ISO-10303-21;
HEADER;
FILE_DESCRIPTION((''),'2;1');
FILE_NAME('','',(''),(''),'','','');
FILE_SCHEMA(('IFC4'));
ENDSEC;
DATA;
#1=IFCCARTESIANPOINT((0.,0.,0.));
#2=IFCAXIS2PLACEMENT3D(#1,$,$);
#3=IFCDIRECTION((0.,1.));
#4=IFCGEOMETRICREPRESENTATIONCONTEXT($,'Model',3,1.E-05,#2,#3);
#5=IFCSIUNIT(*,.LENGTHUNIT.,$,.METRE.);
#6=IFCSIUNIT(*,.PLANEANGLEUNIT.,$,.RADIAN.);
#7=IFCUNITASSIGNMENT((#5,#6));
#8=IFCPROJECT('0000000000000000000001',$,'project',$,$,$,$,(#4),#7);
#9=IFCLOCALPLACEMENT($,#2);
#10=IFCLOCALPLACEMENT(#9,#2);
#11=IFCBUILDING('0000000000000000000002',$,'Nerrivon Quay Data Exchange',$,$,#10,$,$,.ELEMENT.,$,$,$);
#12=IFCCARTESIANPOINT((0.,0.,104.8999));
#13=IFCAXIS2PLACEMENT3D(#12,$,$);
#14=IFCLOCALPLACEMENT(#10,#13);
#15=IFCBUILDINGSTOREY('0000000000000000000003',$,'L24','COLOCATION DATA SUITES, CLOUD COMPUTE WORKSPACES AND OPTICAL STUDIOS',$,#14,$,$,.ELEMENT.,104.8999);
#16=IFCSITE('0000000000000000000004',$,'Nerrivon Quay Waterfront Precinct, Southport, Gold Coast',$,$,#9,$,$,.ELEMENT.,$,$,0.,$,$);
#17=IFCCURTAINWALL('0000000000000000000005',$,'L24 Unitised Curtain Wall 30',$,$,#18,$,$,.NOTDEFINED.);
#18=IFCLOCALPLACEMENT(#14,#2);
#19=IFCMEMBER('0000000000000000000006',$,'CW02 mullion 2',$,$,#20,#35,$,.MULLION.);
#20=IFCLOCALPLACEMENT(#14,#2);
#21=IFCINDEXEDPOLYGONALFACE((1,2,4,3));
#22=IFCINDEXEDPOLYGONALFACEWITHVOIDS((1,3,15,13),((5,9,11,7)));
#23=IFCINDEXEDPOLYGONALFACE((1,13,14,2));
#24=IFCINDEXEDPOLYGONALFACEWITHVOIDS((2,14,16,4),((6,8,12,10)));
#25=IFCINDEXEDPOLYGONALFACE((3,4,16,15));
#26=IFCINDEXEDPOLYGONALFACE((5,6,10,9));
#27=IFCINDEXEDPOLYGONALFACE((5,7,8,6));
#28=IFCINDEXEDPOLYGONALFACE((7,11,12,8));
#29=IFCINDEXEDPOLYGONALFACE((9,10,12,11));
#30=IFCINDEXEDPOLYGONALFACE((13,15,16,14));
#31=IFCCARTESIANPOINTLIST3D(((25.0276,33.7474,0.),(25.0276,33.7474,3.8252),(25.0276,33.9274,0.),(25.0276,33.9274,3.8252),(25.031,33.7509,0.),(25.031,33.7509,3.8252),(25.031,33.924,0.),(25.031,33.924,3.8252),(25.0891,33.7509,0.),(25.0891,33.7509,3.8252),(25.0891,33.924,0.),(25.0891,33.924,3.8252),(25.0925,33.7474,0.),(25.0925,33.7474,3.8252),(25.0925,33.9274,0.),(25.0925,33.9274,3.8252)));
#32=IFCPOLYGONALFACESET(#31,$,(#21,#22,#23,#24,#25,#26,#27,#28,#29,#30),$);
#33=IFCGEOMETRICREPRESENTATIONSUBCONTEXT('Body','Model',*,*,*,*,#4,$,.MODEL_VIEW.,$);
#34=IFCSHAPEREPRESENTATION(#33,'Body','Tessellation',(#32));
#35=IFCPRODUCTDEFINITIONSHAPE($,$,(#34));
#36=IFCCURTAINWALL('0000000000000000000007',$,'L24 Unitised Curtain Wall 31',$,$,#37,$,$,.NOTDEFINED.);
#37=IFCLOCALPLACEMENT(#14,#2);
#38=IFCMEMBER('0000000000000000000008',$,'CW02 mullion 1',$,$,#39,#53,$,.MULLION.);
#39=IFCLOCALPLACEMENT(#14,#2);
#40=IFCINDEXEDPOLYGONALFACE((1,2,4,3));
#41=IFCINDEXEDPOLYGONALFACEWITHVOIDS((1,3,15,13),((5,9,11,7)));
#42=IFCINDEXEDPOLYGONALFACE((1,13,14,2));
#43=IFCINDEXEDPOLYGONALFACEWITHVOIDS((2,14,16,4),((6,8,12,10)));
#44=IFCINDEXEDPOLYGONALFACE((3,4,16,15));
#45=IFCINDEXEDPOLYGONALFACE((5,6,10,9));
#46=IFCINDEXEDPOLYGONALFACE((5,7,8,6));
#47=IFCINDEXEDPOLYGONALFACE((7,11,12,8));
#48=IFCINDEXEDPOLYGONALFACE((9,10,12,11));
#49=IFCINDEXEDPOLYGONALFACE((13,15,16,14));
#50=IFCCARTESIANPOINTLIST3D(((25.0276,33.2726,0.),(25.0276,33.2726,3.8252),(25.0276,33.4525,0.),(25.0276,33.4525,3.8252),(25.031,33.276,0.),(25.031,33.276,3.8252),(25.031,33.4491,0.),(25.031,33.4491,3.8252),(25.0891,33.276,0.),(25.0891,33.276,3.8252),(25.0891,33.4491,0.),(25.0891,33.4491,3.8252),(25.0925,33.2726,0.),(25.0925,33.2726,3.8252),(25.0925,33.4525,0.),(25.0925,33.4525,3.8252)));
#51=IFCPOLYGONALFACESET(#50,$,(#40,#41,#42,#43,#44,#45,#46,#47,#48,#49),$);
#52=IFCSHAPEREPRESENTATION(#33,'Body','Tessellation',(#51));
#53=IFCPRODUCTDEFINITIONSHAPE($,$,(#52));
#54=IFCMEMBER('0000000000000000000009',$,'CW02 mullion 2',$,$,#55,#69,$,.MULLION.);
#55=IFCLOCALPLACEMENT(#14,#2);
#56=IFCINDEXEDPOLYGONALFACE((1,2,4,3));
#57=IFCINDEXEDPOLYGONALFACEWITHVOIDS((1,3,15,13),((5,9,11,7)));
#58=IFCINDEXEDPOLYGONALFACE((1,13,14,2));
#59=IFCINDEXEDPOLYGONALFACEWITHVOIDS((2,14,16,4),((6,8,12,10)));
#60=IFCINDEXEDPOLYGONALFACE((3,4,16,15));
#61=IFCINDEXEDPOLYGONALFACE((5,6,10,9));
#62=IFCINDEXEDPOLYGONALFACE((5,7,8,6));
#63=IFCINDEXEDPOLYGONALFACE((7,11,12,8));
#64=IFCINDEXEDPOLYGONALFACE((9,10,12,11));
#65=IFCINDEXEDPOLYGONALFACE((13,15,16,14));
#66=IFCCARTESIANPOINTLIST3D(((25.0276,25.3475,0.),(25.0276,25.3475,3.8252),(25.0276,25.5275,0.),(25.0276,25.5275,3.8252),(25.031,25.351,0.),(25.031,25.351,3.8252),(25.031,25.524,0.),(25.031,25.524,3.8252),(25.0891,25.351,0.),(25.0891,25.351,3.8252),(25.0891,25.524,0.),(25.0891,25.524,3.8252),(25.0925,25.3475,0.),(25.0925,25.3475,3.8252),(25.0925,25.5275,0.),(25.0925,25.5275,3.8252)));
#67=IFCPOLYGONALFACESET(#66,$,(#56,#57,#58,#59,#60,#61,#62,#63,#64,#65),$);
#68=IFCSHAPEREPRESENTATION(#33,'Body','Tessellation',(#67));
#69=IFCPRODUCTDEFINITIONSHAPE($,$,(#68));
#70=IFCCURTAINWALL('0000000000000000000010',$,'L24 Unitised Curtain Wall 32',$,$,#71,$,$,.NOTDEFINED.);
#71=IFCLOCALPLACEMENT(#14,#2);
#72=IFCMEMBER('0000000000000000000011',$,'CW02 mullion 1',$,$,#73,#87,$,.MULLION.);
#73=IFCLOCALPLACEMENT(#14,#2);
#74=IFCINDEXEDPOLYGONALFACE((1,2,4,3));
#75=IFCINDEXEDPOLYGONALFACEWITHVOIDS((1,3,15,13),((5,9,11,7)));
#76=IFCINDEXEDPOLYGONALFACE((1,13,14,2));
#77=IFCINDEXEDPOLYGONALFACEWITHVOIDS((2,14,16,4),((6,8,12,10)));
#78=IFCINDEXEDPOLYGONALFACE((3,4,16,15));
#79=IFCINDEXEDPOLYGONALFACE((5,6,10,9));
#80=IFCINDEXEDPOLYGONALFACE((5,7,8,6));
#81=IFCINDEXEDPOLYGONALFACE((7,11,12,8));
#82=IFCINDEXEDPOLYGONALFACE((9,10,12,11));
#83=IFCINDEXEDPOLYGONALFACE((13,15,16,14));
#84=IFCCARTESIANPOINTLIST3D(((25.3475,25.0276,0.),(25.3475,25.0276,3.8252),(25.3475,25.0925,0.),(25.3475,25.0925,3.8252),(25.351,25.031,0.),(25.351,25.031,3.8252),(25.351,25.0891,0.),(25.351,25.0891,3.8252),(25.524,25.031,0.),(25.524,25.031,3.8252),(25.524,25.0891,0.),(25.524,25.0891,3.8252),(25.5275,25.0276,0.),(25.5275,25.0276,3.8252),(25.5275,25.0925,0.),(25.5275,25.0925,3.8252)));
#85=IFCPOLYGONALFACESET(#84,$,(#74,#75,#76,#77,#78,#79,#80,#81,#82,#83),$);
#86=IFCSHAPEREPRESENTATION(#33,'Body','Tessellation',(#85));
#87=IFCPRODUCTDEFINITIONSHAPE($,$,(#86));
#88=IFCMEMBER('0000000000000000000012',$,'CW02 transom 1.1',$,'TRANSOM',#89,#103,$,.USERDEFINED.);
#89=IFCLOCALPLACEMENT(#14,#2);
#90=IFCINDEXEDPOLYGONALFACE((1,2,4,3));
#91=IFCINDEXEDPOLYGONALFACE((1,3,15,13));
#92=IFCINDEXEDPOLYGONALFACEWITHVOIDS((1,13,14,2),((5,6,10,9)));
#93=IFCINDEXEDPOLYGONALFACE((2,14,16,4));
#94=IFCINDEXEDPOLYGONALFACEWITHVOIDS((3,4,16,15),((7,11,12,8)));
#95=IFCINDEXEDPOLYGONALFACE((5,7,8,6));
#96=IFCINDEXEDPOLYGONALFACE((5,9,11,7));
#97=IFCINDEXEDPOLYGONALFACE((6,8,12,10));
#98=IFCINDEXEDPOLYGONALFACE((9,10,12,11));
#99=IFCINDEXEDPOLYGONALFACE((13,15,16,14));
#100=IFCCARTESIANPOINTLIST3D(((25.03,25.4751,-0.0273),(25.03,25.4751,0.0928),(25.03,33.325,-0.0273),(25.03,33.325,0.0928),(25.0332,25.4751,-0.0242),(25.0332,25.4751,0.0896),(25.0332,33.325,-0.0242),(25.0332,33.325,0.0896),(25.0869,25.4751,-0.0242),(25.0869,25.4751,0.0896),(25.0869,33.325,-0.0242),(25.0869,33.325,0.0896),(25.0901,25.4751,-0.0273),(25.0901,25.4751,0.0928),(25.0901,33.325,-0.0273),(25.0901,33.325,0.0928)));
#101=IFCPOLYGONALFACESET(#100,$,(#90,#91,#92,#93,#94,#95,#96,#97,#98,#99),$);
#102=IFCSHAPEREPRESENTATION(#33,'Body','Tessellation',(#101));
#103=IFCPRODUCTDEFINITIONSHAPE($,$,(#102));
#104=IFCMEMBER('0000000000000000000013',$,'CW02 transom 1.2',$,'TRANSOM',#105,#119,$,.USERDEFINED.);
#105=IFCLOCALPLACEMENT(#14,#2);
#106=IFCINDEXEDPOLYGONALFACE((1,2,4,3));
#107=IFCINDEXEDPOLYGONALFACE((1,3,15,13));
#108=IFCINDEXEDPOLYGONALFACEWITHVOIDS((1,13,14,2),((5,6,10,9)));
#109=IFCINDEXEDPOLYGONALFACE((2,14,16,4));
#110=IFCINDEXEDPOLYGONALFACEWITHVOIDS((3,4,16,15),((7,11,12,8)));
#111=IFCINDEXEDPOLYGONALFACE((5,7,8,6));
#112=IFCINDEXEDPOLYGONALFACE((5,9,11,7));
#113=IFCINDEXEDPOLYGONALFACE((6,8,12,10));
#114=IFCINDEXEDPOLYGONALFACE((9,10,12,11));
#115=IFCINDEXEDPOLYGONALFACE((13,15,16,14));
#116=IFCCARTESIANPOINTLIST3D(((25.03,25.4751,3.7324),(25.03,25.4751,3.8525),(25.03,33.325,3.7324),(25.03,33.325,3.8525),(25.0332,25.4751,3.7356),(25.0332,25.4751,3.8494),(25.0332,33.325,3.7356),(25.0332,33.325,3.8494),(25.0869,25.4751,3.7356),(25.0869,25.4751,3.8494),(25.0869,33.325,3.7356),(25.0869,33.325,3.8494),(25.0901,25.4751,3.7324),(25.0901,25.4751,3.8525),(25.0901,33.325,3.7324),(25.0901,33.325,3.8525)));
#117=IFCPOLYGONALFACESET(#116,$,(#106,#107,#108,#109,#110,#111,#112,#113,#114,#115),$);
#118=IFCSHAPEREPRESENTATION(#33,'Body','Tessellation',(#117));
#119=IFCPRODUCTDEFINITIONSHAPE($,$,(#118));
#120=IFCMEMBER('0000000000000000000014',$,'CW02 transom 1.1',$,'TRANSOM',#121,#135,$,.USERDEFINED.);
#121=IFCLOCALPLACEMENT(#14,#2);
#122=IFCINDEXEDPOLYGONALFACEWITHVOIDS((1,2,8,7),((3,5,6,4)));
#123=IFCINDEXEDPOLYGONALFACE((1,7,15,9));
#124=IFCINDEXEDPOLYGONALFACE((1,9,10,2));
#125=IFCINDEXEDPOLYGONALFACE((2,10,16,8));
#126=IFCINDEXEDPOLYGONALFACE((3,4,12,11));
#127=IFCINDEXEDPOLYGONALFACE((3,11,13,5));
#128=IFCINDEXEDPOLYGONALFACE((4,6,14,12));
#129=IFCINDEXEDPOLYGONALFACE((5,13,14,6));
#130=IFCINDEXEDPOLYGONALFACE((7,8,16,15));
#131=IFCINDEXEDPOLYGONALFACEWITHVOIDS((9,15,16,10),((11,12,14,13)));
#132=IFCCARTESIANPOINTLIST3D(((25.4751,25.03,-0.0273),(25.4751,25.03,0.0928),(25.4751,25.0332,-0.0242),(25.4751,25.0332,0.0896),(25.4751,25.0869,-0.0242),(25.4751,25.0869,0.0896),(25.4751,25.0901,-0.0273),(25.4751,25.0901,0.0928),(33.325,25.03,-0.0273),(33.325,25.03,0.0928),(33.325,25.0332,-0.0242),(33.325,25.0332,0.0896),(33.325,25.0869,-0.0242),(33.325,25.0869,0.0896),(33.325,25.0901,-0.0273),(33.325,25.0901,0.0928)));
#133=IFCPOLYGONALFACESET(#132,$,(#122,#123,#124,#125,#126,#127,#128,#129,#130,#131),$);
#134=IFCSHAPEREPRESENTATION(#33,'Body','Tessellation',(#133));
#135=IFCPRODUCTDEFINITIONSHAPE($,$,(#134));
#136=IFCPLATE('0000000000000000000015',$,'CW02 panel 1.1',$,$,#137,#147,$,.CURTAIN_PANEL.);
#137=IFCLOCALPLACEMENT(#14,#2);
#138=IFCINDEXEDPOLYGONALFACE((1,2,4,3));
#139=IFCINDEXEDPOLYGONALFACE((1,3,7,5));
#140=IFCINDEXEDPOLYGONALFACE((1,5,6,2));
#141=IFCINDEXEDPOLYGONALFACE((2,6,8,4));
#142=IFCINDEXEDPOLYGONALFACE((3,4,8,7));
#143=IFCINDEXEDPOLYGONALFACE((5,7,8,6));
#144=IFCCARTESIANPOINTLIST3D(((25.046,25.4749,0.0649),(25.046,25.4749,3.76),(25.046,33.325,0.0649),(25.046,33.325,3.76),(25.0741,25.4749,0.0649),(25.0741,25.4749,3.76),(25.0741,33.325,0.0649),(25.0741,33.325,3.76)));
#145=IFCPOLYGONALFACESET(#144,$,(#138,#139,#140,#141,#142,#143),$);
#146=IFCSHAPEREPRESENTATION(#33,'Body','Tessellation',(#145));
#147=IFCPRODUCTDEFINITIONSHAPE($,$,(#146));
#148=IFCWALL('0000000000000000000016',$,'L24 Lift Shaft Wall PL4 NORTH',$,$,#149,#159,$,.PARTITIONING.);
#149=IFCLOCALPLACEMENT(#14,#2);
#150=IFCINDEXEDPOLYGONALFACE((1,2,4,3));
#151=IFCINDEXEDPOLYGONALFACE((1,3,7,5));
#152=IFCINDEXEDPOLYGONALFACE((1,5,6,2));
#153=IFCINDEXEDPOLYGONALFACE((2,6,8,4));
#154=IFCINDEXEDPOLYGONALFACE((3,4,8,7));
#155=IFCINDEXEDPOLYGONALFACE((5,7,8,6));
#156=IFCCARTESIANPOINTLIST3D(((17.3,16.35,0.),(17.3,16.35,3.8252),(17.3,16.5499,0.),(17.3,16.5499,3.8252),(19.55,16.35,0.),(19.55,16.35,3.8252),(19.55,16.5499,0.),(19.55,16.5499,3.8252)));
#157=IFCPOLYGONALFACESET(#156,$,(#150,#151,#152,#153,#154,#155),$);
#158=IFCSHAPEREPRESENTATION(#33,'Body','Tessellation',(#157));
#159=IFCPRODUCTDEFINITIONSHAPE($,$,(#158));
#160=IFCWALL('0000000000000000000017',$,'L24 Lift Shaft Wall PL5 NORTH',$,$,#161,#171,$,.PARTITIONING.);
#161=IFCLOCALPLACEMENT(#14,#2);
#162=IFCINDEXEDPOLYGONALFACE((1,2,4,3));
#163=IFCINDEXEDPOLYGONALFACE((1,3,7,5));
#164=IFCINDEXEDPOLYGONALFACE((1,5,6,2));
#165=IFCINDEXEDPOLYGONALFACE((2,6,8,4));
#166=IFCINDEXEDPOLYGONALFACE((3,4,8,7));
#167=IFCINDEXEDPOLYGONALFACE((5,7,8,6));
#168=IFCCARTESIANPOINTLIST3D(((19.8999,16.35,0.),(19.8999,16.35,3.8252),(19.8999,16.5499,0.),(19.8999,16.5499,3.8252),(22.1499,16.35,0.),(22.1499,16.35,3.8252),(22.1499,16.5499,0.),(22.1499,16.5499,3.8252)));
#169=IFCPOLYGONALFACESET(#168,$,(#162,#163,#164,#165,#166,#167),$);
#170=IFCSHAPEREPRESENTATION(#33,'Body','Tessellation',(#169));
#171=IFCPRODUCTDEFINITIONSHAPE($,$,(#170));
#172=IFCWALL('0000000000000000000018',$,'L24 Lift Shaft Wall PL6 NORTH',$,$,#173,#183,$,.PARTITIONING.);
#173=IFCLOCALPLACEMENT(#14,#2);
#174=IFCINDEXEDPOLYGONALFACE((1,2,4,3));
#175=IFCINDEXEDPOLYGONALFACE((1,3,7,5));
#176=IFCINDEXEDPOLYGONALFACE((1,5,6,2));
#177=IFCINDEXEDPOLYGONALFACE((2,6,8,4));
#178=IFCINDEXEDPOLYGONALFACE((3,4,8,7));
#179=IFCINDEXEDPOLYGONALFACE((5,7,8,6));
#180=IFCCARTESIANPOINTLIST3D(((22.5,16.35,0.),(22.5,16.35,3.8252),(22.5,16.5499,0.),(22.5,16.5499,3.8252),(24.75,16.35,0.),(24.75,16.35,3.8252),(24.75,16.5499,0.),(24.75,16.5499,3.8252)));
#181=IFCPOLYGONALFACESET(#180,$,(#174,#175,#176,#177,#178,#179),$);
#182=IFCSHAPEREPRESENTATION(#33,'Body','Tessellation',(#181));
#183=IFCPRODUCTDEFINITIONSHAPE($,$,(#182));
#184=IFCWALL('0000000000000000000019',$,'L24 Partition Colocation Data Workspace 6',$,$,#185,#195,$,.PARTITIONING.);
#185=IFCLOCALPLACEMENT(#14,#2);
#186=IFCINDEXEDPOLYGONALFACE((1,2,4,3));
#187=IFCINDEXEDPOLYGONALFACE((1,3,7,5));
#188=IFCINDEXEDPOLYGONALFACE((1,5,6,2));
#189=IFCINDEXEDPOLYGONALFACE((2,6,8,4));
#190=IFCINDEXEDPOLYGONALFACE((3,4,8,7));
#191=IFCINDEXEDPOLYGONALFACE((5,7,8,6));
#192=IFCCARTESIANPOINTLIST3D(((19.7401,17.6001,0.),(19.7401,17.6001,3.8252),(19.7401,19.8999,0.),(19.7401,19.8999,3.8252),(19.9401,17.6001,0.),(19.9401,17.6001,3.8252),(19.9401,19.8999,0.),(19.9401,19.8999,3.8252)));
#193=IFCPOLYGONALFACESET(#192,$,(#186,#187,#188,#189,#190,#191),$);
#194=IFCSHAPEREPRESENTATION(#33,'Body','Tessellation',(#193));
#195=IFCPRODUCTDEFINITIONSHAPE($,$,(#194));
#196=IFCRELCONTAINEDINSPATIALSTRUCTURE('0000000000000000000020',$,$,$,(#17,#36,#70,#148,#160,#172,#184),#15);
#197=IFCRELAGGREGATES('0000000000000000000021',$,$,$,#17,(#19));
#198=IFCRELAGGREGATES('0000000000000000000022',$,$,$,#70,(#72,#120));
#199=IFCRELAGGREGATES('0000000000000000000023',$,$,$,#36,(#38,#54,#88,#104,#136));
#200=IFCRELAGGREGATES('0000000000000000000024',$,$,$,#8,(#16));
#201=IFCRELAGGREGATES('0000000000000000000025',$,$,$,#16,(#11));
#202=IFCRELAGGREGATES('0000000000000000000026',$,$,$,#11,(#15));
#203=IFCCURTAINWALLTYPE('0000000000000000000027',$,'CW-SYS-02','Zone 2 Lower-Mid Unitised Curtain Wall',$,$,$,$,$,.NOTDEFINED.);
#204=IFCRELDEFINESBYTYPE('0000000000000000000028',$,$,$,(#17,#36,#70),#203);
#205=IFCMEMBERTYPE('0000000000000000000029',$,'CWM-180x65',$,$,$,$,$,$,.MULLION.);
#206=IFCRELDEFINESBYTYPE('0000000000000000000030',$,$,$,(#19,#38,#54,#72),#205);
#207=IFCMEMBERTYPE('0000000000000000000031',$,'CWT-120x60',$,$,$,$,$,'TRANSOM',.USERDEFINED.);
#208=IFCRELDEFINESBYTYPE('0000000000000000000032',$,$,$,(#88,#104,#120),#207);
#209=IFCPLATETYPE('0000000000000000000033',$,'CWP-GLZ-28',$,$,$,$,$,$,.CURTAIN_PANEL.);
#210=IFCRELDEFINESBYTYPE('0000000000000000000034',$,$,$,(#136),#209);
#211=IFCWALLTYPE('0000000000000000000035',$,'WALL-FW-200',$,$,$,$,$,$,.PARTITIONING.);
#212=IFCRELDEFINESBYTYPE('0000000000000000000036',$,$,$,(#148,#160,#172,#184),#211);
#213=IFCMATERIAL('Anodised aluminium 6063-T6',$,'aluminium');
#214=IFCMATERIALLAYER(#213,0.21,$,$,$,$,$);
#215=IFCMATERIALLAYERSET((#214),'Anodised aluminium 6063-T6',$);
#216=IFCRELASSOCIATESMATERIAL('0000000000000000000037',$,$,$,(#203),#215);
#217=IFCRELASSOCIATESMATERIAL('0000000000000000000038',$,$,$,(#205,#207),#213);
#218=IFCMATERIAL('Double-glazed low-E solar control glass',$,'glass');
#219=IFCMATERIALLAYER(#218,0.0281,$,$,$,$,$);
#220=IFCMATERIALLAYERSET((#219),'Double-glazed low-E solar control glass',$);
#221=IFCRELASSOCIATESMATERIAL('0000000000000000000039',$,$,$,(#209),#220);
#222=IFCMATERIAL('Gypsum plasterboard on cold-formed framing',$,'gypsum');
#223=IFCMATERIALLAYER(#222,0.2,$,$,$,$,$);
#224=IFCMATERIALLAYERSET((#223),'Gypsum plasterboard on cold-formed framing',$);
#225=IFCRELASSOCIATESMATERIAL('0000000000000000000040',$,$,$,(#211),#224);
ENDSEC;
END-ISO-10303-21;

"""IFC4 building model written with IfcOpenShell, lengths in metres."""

from ifc_helpers import new_model, si_unit, direction, frame, frame_2d, origin, origin_2d, place, context, subcontext, project, spatial, rectangle, hollow_rectangle, extrude, material, layer, layer_set, material_profile, profile_set, type_object, element, aggregate, save


model = new_model("IFC4")

# Units and contexts
model_context = context("Model", 3, precision=1e-05, world=origin(), true_north=direction((0.0, 1.0)))
body_context = subcontext(model_context, "Body", "Model", "MODEL_VIEW")
ifc_project = project(units=[si_unit("LENGTHUNIT", "METRE"), si_unit("PLANEANGLEUNIT", "RADIAN")], contexts=[model_context])

# Site, building, storey
site_placement = place(None, origin())
site = spatial("IfcSite", under=ifc_project, at=site_placement, Name="Nerrivon Quay Waterfront Precinct, Southport, Gold Coast", CompositionType="ELEMENT", RefElevation=0.0)
building_placement = place(site_placement, origin())
building = spatial("IfcBuilding", under=site, at=building_placement, Name="Nerrivon Quay Data Exchange", CompositionType="ELEMENT")
storey_placement = place(building_placement, frame((0.0, 0.0, 104.8999)))
storey = spatial("IfcBuildingStorey", under=building, at=storey_placement, Name="L24", Description="COLOCATION DATA SUITES, CLOUD COMPUTE WORKSPACES AND OPTICAL STUDIOS", CompositionType="ELEMENT", Elevation=104.8999)

# Curtain wall, member
ifc_material_1 = material(Name="Anodised aluminium 6063-T6", Category="aluminium")
ifc_layer_1 = layer(ifc_material_1, 0.21)
ifc_layer_set_1 = layer_set([ifc_layer_1], Name="Anodised aluminium 6063-T6")
curtain_wall_type = type_object("IfcCurtainWallType", Name="CW-SYS-02", Description="Zone 2 Lower-Mid Unitised Curtain Wall", PredefinedType="NOTDEFINED", material=ifc_layer_set_1)
curtain_wall_1_placement = place(storey_placement, origin())
curtain_wall_1 = element("IfcCurtainWall", 1, at=curtain_wall_1_placement, inside=storey, type_object=curtain_wall_type, Name="L24 Unitised Curtain Wall 30", PredefinedType="NOTDEFINED")
ifc_material_profile_1 = material_profile(ifc_material_1, hollow_rectangle(XDim=0.0649, YDim=0.1799, WallThickness=0.0034, at=origin_2d()), Name="ALU-MULL-180x65")
ifc_profile_set_1 = profile_set([ifc_material_profile_1], Name="Anodised aluminium 6063-T6")
member_type_1 = type_object("IfcMemberType", Name="CWM-180x65", PredefinedType="MULLION", material=ifc_profile_set_1)
member_1_placement = place(storey_placement, frame((25.0601, 33.8374, 0.0), z_axis=(0.0, 0.0, 1.0), x_axis=(1.0, 0.0, 0.0)))
member_1 = element("IfcMember", 2, at=member_1_placement, type_object=member_type_1, Name="CW02 mullion 2", PredefinedType="MULLION", context=body_context, shape_type="SweptSolid", body=[
    extrude(hollow_rectangle(XDim=0.0649, YDim=0.1799, WallThickness=0.0034, at=origin_2d()), origin(), (0.0, 0.0, 1.0), 3.8252),
])
aggregate(curtain_wall_1, [member_1])

# Curtain wall, members
curtain_wall_2_placement = place(storey_placement, origin())
curtain_wall_2 = element("IfcCurtainWall", 3, at=curtain_wall_2_placement, inside=storey, type_object=curtain_wall_type, Name="L24 Unitised Curtain Wall 31", PredefinedType="NOTDEFINED")
member_2_placement = place(storey_placement, frame((25.0601, 33.3625, 0.0), z_axis=(0.0, 0.0, 1.0), x_axis=(1.0, 0.0, 0.0)))
member_2 = element("IfcMember", 4, at=member_2_placement, type_object=member_type_1, Name="CW02 mullion 1", PredefinedType="MULLION", context=body_context, shape_type="SweptSolid", body=[
    extrude(hollow_rectangle(XDim=0.0649, YDim=0.1799, WallThickness=0.0034, at=origin_2d()), origin(), (0.0, 0.0, 1.0), 3.8252),
])
member_3_placement = place(storey_placement, frame((25.0601, 25.4375, 0.0), z_axis=(0.0, 0.0, 1.0), x_axis=(1.0, 0.0, 0.0)))
member_3 = element("IfcMember", 5, at=member_3_placement, type_object=member_type_1, Name="CW02 mullion 2", PredefinedType="MULLION", context=body_context, shape_type="SweptSolid", body=[
    extrude(hollow_rectangle(XDim=0.0649, YDim=0.1799, WallThickness=0.0034, at=origin_2d()), origin(), (0.0, 0.0, 1.0), 3.8252),
])

# Curtain wall, member
curtain_wall_3_placement = place(storey_placement, origin())
curtain_wall_3 = element("IfcCurtainWall", 6, at=curtain_wall_3_placement, inside=storey, type_object=curtain_wall_type, Name="L24 Unitised Curtain Wall 32", PredefinedType="NOTDEFINED")
member_4_placement = place(storey_placement, frame((25.4375, 25.0601, 0.0), z_axis=(0.0, 0.0, 1.0), x_axis=(0.0, 1.0, 0.0)))
member_4 = element("IfcMember", 7, at=member_4_placement, type_object=member_type_1, Name="CW02 mullion 1", PredefinedType="MULLION", context=body_context, shape_type="SweptSolid", body=[
    extrude(hollow_rectangle(XDim=0.0649, YDim=0.1799, WallThickness=0.0034, at=origin_2d()), origin(), (0.0, 0.0, 1.0), 3.8252),
])

# Members
ifc_material_profile_2 = material_profile(ifc_material_1, hollow_rectangle(XDim=0.0601, YDim=0.1201, WallThickness=0.0032, at=origin_2d()), Name="ALU-TRAN-120x60")
ifc_profile_set_2 = profile_set([ifc_material_profile_2], Name="Anodised aluminium 6063-T6")
member_type_2 = type_object("IfcMemberType", Name="CWT-120x60", ElementType="TRANSOM", PredefinedType="USERDEFINED", material=ifc_profile_set_2)
member_5_placement = place(storey_placement, frame((25.0601, 33.325, 0.0327), z_axis=(0.0, -1.0, 0.0), x_axis=(1.0, 0.0, 0.0)))
member_5 = element("IfcMember", 8, at=member_5_placement, type_object=member_type_2, Name="CW02 transom 1.1", ObjectType="TRANSOM", PredefinedType="USERDEFINED", context=body_context, shape_type="SweptSolid", body=[
    extrude(hollow_rectangle(XDim=0.0601, YDim=0.1201, WallThickness=0.0032, at=origin_2d()), origin(), (0.0, 0.0, 1.0), 7.8499),
])
member_6_placement = place(storey_placement, frame((25.0601, 33.325, 3.7925), z_axis=(0.0, -1.0, 0.0), x_axis=(1.0, 0.0, 0.0)))
member_6 = element("IfcMember", 9, at=member_6_placement, type_object=member_type_2, Name="CW02 transom 1.2", ObjectType="TRANSOM", PredefinedType="USERDEFINED", context=body_context, shape_type="SweptSolid", body=[
    extrude(hollow_rectangle(XDim=0.0601, YDim=0.1201, WallThickness=0.0032, at=origin_2d()), origin(), (0.0, 0.0, 1.0), 7.8499),
])
member_7_placement = place(storey_placement, frame((25.4751, 25.0601, 0.0327), z_axis=(1.0, 0.0, 0.0), x_axis=(0.0, 1.0, 0.0)))
member_7 = element("IfcMember", 10, at=member_7_placement, type_object=member_type_2, Name="CW02 transom 1.1", ObjectType="TRANSOM", PredefinedType="USERDEFINED", context=body_context, shape_type="SweptSolid", body=[
    extrude(hollow_rectangle(XDim=0.0601, YDim=0.1201, WallThickness=0.0032, at=origin_2d()), origin(), (0.0, 0.0, 1.0), 7.8499),
])
aggregate(curtain_wall_3, [member_4, member_7])

# Plate
ifc_material_2 = material(Name="Double-glazed low-E solar control glass", Category="glass")
ifc_layer_2 = layer(ifc_material_2, 0.0281)
ifc_layer_set_2 = layer_set([ifc_layer_2], Name="Double-glazed low-E solar control glass")
plate_type = type_object("IfcPlateType", Name="CWP-GLZ-28", PredefinedType="CURTAIN_PANEL", material=ifc_layer_set_2)
plate_placement = place(storey_placement, frame((25.0601, 29.3999, 0.0649), z_axis=(0.0, 0.0, 1.0), x_axis=(0.0, -1.0, 0.0)))
plate = element("IfcPlate", 11, at=plate_placement, type_object=plate_type, Name="CW02 panel 1.1", PredefinedType="CURTAIN_PANEL", context=body_context, shape_type="SweptSolid", body=[
    extrude(rectangle(XDim=7.8501, YDim=0.0281, at=origin_2d()), origin(), (0.0, 0.0, 1.0), 3.6951),
])
aggregate(curtain_wall_2, [member_2, member_3, member_5, member_6, plate])

# Walls
ifc_material_3 = material(Name="Gypsum plasterboard on cold-formed framing", Category="gypsum")
ifc_layer_3 = layer(ifc_material_3, 0.2)
ifc_layer_set_3 = layer_set([ifc_layer_3], Name="Gypsum plasterboard on cold-formed framing")
wall_type = type_object("IfcWallType", Name="WALL-FW-200", PredefinedType="PARTITIONING", material=ifc_layer_set_3)
for number, where, z_axis, x_axis, name in (
    (12, (17.3, 16.45, 0.0), (0.0, 0.0, 1.0), (1.0, 0.0, 0.0), "L24 Lift Shaft Wall PL4 NORTH"),
    (13, (19.8999, 16.45, 0.0), (0.0, 0.0, 1.0), (1.0, 0.0, 0.0), "L24 Lift Shaft Wall PL5 NORTH"),
    (14, (22.5, 16.45, 0.0), (0.0, 0.0, 1.0), (1.0, 0.0, 0.0), "L24 Lift Shaft Wall PL6 NORTH"),
):
    element("IfcWall", number, at=place(storey_placement, frame(where, z_axis=z_axis, x_axis=x_axis)), inside=storey, type_object=wall_type, Name=name, PredefinedType="PARTITIONING", context=body_context, shape_type="SweptSolid", body=[
        extrude(rectangle(XDim=2.25, YDim=0.2, at=frame_2d((1.125, 0.0))), origin(), (0.0, 0.0, 1.0), 3.8252),
    ])
wall_1_placement = place(storey_placement, frame((19.8401, 17.6001, 0.0), z_axis=(0.0, 0.0, 1.0), x_axis=(0.0, 1.0, 0.0)))
element("IfcWall", 15, at=wall_1_placement, inside=storey, type_object=wall_type, Name="L24 Partition Colocation Data Workspace 6", PredefinedType="PARTITIONING", context=body_context, shape_type="SweptSolid", body=[
    extrude(rectangle(XDim=2.2998, YDim=0.2, at=frame_2d((1.1499, 0.0))), origin(), (0.0, 0.0, 1.0), 3.8252),
])

save(model, "model.ifc")
